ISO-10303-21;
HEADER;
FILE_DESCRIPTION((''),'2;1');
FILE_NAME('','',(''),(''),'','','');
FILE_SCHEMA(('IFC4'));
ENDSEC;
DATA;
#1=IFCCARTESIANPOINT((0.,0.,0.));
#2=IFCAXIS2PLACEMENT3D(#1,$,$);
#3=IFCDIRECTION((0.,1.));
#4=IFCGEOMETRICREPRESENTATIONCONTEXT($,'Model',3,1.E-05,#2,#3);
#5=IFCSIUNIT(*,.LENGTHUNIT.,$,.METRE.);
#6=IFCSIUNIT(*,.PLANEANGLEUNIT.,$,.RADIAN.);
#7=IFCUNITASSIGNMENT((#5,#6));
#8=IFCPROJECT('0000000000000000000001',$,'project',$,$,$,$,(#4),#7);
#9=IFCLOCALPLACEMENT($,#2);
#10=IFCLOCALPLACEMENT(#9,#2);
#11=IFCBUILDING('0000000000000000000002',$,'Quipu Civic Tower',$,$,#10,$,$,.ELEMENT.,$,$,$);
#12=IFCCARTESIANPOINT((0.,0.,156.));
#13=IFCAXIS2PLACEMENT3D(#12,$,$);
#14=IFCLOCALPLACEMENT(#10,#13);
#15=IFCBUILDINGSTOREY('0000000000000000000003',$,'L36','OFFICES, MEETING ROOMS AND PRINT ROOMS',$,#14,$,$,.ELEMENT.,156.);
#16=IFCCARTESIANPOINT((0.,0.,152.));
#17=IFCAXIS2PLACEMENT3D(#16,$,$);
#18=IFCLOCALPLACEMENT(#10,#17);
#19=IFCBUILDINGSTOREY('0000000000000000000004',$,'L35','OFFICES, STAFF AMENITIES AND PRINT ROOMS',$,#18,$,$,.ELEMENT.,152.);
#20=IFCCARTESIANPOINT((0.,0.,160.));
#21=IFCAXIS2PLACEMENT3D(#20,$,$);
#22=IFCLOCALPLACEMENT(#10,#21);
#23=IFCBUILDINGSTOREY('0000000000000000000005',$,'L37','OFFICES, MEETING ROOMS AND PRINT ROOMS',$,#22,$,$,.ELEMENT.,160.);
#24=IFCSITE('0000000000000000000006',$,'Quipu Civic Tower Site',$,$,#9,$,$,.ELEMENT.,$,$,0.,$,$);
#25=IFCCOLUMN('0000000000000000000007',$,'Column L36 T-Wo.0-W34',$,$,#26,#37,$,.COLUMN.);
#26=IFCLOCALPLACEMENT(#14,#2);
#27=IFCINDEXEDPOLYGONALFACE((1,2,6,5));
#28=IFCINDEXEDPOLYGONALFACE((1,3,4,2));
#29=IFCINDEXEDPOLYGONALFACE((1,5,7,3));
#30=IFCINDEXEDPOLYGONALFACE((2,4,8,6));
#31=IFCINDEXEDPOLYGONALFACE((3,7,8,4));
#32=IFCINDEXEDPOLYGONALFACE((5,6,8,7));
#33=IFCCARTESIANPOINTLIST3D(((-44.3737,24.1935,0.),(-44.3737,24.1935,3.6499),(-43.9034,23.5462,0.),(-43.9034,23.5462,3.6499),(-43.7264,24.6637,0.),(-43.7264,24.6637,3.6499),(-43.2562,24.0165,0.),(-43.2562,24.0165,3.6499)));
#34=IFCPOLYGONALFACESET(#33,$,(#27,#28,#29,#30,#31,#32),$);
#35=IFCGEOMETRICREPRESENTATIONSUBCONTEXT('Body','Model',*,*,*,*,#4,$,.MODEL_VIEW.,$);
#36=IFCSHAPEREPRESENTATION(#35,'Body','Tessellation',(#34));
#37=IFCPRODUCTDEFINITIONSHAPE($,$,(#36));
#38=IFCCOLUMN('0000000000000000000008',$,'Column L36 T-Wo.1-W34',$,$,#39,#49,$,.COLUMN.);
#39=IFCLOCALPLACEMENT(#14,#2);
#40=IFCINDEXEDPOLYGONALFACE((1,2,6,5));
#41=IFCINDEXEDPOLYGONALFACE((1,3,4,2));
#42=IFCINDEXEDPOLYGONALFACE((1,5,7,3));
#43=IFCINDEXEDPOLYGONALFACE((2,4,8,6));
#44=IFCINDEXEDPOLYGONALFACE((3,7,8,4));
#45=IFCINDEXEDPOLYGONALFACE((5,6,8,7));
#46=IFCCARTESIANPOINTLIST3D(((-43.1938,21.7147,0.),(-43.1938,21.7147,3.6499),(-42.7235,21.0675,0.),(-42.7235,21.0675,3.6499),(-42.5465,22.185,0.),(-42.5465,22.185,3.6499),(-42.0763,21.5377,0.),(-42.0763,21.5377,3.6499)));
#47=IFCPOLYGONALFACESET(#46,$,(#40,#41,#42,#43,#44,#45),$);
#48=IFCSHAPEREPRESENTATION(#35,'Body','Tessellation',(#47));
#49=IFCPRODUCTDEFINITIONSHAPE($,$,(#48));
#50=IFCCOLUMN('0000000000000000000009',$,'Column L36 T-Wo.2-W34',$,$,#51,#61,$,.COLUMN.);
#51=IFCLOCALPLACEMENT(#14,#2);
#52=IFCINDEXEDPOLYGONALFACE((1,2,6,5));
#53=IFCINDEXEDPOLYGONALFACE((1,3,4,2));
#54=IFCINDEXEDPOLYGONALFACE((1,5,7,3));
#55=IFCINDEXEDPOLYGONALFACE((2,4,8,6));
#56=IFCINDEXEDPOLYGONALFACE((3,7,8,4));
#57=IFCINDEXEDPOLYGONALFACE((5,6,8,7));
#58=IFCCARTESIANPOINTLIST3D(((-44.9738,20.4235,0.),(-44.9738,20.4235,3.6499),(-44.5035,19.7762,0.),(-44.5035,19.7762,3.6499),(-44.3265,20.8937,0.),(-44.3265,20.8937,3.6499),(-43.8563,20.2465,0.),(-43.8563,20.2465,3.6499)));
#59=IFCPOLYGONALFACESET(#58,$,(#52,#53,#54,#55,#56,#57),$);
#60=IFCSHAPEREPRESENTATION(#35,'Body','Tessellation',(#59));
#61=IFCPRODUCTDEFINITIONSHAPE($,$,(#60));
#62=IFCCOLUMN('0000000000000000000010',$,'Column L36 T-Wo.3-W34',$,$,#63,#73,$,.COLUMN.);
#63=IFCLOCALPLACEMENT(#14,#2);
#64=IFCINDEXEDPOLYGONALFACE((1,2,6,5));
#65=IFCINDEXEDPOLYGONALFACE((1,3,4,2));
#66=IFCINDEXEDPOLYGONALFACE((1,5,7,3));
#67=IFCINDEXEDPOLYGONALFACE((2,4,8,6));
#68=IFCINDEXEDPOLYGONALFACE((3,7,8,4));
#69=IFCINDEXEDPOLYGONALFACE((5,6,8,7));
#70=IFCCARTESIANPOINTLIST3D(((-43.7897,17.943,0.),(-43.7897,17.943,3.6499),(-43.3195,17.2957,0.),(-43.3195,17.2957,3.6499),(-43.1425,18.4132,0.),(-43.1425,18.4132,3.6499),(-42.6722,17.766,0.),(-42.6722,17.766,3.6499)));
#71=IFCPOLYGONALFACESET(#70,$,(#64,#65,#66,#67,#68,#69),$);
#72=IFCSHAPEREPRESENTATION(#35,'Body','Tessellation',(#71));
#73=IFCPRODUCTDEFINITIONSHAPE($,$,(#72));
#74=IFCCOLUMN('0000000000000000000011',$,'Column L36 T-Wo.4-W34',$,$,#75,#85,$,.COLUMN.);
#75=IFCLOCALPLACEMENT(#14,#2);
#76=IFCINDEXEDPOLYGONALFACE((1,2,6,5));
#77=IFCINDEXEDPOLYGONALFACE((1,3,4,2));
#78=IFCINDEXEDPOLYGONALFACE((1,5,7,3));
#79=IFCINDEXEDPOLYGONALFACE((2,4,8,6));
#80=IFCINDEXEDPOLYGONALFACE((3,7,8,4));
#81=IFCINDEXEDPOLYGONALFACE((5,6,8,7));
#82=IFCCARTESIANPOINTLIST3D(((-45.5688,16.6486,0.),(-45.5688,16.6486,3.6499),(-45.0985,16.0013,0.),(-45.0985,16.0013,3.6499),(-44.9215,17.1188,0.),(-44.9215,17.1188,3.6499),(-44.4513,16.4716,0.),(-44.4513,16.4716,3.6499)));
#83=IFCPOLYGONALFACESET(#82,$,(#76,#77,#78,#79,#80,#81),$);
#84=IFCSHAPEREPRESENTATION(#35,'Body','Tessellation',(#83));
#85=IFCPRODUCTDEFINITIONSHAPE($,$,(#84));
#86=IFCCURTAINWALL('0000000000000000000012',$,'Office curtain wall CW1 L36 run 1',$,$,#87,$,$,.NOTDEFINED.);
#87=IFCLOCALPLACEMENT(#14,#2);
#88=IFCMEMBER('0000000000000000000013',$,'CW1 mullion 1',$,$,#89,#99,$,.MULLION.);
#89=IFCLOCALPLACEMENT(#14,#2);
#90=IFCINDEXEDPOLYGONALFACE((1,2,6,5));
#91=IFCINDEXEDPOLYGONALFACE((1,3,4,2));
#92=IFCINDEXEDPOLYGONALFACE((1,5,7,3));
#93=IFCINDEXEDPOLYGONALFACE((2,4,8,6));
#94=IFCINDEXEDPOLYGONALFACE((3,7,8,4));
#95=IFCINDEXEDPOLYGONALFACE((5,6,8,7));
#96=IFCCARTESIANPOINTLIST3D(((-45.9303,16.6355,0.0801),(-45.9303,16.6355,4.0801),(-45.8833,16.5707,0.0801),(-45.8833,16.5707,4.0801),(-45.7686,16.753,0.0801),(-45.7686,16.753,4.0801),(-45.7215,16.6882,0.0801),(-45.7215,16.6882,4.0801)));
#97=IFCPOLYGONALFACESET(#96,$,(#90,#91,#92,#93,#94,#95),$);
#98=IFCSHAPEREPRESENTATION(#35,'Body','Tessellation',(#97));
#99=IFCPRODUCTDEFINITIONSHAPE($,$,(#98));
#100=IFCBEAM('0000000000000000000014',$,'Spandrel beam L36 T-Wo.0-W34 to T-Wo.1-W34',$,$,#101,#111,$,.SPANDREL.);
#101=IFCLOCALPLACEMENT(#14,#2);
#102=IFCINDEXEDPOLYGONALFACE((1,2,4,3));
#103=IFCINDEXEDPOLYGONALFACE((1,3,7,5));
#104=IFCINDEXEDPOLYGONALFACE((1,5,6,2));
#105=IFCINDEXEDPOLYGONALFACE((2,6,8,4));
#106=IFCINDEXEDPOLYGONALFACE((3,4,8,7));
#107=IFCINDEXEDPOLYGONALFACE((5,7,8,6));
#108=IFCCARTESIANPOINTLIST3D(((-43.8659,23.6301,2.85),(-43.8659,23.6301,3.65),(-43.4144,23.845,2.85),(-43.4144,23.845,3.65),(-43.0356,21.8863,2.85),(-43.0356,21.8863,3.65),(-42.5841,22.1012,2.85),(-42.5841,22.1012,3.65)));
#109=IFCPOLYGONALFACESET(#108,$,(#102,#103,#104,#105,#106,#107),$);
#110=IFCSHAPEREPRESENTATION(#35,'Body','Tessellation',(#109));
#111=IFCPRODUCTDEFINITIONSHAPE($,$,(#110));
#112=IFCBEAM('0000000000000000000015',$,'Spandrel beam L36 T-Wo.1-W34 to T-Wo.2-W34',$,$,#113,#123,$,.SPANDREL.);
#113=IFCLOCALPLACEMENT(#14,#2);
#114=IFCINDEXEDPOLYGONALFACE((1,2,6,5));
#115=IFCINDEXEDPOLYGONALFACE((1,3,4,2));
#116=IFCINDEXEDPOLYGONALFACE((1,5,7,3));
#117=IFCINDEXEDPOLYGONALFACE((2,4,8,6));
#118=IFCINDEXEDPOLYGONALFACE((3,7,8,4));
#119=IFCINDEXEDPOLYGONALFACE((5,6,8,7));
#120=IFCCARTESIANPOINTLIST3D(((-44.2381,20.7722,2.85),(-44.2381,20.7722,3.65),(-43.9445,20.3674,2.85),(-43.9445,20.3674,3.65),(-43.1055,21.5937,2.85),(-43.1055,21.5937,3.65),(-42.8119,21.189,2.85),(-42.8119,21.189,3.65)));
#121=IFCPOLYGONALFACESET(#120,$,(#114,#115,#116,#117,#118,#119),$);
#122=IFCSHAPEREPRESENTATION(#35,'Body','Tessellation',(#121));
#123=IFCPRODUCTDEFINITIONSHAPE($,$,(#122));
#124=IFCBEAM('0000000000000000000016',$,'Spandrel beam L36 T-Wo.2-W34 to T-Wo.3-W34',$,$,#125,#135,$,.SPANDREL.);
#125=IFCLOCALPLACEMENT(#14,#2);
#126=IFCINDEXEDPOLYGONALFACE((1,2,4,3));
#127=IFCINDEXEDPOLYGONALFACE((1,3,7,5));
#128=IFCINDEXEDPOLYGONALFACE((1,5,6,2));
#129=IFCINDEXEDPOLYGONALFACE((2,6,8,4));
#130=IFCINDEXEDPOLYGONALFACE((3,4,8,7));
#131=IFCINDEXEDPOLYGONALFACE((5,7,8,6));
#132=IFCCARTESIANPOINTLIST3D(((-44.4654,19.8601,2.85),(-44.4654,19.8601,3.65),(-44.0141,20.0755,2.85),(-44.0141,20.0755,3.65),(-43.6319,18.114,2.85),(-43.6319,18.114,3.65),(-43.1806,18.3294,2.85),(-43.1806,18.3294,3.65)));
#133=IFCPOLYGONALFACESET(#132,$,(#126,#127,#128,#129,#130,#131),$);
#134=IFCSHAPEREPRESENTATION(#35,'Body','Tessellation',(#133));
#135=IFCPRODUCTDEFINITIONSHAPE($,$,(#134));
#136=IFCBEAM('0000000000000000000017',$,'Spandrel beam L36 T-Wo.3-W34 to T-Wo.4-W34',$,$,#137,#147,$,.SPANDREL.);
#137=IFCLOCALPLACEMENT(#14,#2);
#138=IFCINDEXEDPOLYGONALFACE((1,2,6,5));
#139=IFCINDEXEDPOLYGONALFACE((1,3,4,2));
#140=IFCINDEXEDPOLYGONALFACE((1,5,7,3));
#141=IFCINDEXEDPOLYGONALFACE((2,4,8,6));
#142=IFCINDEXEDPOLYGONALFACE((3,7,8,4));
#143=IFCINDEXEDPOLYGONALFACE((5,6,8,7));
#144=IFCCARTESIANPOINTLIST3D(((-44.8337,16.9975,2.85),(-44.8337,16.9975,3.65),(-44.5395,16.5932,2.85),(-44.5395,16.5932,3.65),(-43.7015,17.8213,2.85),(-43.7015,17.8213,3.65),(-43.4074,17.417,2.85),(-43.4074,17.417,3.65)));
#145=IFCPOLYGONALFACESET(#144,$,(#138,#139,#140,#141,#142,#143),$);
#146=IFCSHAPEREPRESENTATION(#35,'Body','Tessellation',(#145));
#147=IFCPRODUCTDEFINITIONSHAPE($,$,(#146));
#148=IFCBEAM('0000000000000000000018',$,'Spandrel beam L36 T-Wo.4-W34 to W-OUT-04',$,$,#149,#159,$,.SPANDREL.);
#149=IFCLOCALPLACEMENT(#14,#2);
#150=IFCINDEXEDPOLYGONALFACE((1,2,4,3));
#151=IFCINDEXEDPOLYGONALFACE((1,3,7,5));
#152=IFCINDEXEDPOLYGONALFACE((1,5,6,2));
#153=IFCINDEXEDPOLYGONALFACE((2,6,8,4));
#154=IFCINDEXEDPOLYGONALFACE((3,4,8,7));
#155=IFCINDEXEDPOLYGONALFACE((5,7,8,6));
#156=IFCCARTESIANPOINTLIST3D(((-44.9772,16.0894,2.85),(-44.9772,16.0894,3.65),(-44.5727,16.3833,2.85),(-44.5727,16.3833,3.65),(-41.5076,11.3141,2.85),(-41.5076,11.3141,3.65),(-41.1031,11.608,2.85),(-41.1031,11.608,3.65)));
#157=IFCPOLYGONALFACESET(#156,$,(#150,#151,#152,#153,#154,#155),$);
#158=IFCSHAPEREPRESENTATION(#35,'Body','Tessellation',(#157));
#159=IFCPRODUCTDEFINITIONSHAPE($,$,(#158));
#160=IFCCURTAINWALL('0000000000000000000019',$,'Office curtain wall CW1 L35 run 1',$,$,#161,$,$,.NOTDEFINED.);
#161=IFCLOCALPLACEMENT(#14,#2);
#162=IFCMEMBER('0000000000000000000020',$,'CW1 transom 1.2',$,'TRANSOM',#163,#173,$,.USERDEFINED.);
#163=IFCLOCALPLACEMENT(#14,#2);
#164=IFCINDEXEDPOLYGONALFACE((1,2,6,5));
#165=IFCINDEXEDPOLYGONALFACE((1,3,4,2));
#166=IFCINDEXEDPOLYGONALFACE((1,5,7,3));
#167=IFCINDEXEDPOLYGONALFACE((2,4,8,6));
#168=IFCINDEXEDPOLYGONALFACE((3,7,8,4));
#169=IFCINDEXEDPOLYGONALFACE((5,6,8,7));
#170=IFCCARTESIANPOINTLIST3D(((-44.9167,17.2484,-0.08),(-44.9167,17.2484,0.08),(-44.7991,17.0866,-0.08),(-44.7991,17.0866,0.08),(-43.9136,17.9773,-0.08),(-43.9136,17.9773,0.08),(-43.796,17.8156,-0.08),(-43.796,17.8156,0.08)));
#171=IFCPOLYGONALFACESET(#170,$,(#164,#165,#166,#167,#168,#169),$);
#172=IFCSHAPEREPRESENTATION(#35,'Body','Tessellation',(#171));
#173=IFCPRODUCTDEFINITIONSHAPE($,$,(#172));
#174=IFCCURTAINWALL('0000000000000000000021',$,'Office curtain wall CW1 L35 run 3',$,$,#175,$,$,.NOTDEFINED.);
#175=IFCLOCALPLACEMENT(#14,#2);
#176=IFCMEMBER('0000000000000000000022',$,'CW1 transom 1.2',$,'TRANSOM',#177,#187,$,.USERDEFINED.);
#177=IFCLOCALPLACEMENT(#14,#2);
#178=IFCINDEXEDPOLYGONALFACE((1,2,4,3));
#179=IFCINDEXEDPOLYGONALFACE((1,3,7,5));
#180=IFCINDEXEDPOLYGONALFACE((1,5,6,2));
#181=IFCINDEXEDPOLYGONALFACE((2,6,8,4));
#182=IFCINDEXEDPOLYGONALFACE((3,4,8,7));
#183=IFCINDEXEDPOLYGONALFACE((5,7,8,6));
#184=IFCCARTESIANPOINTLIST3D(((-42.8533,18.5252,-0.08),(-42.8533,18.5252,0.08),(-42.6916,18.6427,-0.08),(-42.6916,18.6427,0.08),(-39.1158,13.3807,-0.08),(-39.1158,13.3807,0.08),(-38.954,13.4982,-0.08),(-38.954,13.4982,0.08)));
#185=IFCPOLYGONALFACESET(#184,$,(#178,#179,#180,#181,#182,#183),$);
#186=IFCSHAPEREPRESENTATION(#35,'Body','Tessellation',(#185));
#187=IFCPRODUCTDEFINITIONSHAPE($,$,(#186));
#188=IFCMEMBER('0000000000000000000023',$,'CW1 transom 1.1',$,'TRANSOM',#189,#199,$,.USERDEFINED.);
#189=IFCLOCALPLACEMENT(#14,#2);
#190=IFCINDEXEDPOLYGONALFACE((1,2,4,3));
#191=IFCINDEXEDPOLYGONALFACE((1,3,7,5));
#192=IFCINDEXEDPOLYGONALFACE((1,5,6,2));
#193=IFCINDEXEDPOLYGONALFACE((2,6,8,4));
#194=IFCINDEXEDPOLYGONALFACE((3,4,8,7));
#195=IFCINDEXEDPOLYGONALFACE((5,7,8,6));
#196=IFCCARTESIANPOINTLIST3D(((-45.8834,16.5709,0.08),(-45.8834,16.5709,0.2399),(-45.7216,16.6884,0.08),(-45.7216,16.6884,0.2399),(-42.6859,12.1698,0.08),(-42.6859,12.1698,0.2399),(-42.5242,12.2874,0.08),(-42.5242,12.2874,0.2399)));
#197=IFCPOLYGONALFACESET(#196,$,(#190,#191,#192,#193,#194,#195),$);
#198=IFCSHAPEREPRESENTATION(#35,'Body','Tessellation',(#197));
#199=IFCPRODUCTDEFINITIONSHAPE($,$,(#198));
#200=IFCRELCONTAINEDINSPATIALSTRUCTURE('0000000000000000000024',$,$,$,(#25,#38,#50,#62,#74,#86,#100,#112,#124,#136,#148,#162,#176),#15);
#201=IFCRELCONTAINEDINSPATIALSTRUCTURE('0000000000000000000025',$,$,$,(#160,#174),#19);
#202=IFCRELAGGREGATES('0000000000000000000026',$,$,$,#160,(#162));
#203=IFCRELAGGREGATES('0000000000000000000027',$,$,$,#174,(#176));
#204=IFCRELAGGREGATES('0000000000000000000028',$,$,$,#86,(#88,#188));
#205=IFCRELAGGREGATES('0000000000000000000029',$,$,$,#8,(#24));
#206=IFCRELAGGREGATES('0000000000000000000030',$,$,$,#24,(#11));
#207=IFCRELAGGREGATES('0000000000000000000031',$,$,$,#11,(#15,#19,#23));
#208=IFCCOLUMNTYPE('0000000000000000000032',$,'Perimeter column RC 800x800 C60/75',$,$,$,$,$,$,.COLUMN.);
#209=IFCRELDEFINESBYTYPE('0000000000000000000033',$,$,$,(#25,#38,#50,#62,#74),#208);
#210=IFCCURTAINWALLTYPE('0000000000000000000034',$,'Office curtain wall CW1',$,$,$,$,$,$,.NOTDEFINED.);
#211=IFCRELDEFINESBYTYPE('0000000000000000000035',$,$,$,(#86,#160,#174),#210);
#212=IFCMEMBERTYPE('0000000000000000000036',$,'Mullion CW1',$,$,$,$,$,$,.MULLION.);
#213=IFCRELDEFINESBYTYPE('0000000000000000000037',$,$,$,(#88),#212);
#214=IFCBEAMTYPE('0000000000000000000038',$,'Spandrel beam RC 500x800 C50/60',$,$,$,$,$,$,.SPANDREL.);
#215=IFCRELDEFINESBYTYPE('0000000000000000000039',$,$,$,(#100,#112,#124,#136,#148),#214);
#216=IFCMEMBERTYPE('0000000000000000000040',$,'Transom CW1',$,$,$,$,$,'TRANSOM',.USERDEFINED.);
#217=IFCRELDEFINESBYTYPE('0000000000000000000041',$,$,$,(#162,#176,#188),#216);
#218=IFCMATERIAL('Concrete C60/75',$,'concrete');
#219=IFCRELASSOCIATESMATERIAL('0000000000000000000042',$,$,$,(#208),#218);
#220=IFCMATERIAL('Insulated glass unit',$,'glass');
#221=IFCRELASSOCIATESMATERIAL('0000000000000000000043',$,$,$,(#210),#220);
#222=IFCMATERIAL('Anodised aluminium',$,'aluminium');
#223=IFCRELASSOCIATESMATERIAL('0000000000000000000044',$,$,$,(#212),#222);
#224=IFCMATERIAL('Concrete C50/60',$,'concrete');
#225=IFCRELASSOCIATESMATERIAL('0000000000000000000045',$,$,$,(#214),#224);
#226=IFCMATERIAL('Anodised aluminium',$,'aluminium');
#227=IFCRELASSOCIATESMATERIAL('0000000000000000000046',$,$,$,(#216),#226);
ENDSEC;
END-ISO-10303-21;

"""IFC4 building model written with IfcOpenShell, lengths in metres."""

from ifc_helpers import new_model, si_unit, direction, frame, origin, origin_2d, place, context, subcontext, project, spatial, rectangle, extrude, material, material_profile, profile_set, type_object, element, aggregate, save


model = new_model("IFC4")

# Units and contexts
model_context = context("Model", 3, precision=1e-05, world=origin(), true_north=direction((0.0, 1.0)))
body_context = subcontext(model_context, "Body", "Model", "MODEL_VIEW")
ifc_project = project(units=[si_unit("LENGTHUNIT", "METRE"), si_unit("PLANEANGLEUNIT", "RADIAN")], contexts=[model_context])

# Site, building, storey
site_placement = place(None, origin())
site = spatial("IfcSite", under=ifc_project, at=site_placement, Name="Quipu Civic Tower Site", CompositionType="ELEMENT", RefElevation=0.0)
building_placement = place(site_placement, origin())
building = spatial("IfcBuilding", under=site, at=building_placement, Name="Quipu Civic Tower", CompositionType="ELEMENT")
storey_1_placement = place(building_placement, frame((0.0, 0.0, 156.0)))
storey_1 = spatial("IfcBuildingStorey", under=building, at=storey_1_placement, Name="L36", Description="OFFICES, MEETING ROOMS AND PRINT ROOMS", CompositionType="ELEMENT", Elevation=156.0)

# Columns
ifc_material_1 = material(Name="Concrete C60/75", Category="concrete")
ifc_material_profile_1 = material_profile(ifc_material_1, rectangle(XDim=0.8, YDim=0.8, at=origin_2d()), Name="RC800x800")
ifc_profile_set_1 = profile_set([ifc_material_profile_1], Name="Concrete C60/75")
column_type = type_object("IfcColumnType", Name="Perimeter column RC 800x800 C60/75", PredefinedType="COLUMN", material=ifc_profile_set_1)
for number, where, z_axis, x_axis, name in (
    (1, (-43.8149, 24.105, 0.0), (0.0, 0.0, 1.0), (-0.809017, -0.587785, 0.0), "Column L36 T-Wo.0-W34"),
    (2, (-42.635, 21.6262, 0.0), (0.0, 0.0, 1.0), (-0.809017, -0.587785, 0.0), "Column L36 T-Wo.1-W34"),
    (3, (-44.415, 20.335, 0.0), (0.0, 0.0, 1.0), (0.587785, -0.809017, 0.0), "Column L36 T-Wo.2-W34"),
    (4, (-43.231, 17.8545, 0.0), (0.0, 0.0, 1.0), (0.587785, -0.809017, 0.0), "Column L36 T-Wo.3-W34"),
    (5, (-45.01, 16.5601, 0.0), (0.0, 0.0, 1.0), (0.587785, -0.809017, 0.0), "Column L36 T-Wo.4-W34"),
):
    element("IfcColumn", number, at=place(storey_1_placement, frame(where, z_axis=z_axis, x_axis=x_axis)), inside=storey_1, type_object=column_type, Name=name, PredefinedType="COLUMN", context=body_context, shape_type="SweptSolid", body=[
        extrude(rectangle(XDim=0.8, YDim=0.8, at=origin_2d()), origin(), (0.0, 0.0, 1.0), 3.6499),
    ])

# Curtain wall, member
ifc_material_2 = material(Name="Insulated glass unit", Category="glass")
curtain_wall_type = type_object("IfcCurtainWallType", Name="Office curtain wall CW1", PredefinedType="NOTDEFINED", material=ifc_material_2)
curtain_wall_1_placement = place(storey_1_placement, origin())
curtain_wall_1 = element("IfcCurtainWall", 6, at=curtain_wall_1_placement, inside=storey_1, type_object=curtain_wall_type, Name="Office curtain wall CW1 L36 run 1", PredefinedType="NOTDEFINED")
ifc_material_3 = material(Name="Anodised aluminium", Category="aluminium")
ifc_material_profile_2 = material_profile(ifc_material_3, rectangle(XDim=0.2, YDim=0.0801, at=origin_2d()), Name="RECT 200x80")
ifc_profile_set_2 = profile_set([ifc_material_profile_2], Name="Anodised aluminium")
member_type_1 = type_object("IfcMemberType", Name="Mullion CW1", PredefinedType="MULLION", material=ifc_profile_set_2)
member_1_placement = place(storey_1_placement, frame((-45.8259, 16.6619, 0.0801), z_axis=(0.0, 0.0, 1.0), x_axis=(0.809011, 0.587794, 0.0)))
member_1 = element("IfcMember", 7, at=member_1_placement, type_object=member_type_1, Name="CW1 mullion 1", PredefinedType="MULLION", context=body_context, shape_type="SweptSolid", body=[
    extrude(rectangle(XDim=0.2, YDim=0.0801, at=origin_2d()), origin(), (0.0, 0.0, 1.0), 4.0),
])

# Beams
ifc_material_4 = material(Name="Concrete C50/60", Category="concrete")
ifc_material_profile_3 = material_profile(ifc_material_4, rectangle(XDim=0.5, YDim=0.8, at=origin_2d()), Name="RC500x800")
ifc_profile_set_3 = profile_set([ifc_material_profile_3], Name="Concrete C50/60")
beam_type = type_object("IfcBeamType", Name="Spandrel beam RC 500x800 C50/60", PredefinedType="SPANDREL", material=ifc_profile_set_3)
beam_1_placement = place(storey_1_placement, frame((-43.6401, 23.7375, 3.25), z_axis=(0.429889, -0.902882, 0.0), x_axis=(0.902882, 0.429889, 0.0)))
element("IfcBeam", 8, at=beam_1_placement, inside=storey_1, type_object=beam_type, Name="Spandrel beam L36 T-Wo.0-W34 to T-Wo.1-W34", PredefinedType="SPANDREL", context=body_context, shape_type="SweptSolid", body=[
    extrude(rectangle(XDim=0.5, YDim=0.8, at=origin_2d()), origin(), (0.0, 0.0, 1.0), 1.9314),
])
beam_2_placement = place(storey_1_placement, frame((-42.9587, 21.3914, 3.25), z_axis=(-0.809467, -0.587165, 0.0), x_axis=(0.587165, -0.809467, 0.0)))
element("IfcBeam", 9, at=beam_2_placement, inside=storey_1, type_object=beam_type, Name="Spandrel beam L36 T-Wo.1-W34 to T-Wo.2-W34", PredefinedType="SPANDREL", context=body_context, shape_type="SweptSolid", body=[
    extrude(rectangle(XDim=0.5, YDim=0.8, at=origin_2d()), origin(), (0.0, 0.0, 1.0), 1.3992),
])
beam_3_placement = place(storey_1_placement, frame((-44.2397, 19.9678, 3.25), z_axis=(0.430786, -0.902454, 0.0), x_axis=(0.902454, 0.430786, 0.0)))
element("IfcBeam", 10, at=beam_3_placement, inside=storey_1, type_object=beam_type, Name="Spandrel beam L36 T-Wo.2-W34 to T-Wo.3-W34", PredefinedType="SPANDREL", context=body_context, shape_type="SweptSolid", body=[
    extrude(rectangle(XDim=0.5, YDim=0.8, at=origin_2d()), origin(), (0.0, 0.0, 1.0), 1.9348),
])
beam_4_placement = place(storey_1_placement, frame((-43.5544, 17.6191, 3.25), z_axis=(-0.8086, -0.588358, 0.0), x_axis=(0.588358, -0.8086, 0.0)))
element("IfcBeam", 11, at=beam_4_placement, inside=storey_1, type_object=beam_type, Name="Spandrel beam L36 T-Wo.3-W34 to T-Wo.4-W34", PredefinedType="SPANDREL", context=body_context, shape_type="SweptSolid", body=[
    extrude(rectangle(XDim=0.5, YDim=0.8, at=origin_2d()), origin(), (0.0, 0.0, 1.0), 1.4001),
])
beam_5_placement = place(storey_1_placement, frame((-44.7749, 16.2363, 3.25), z_axis=(0.5878, -0.809006, 0.0), x_axis=(0.809006, 0.5878, 0.0)))
element("IfcBeam", 12, at=beam_5_placement, inside=storey_1, type_object=beam_type, Name="Spandrel beam L36 T-Wo.4-W34 to W-OUT-04", PredefinedType="SPANDREL", context=body_context, shape_type="SweptSolid", body=[
    extrude(rectangle(XDim=0.5, YDim=0.8, at=origin_2d()), origin(), (0.0, 0.0, 1.0), 5.9026),
])

# Shared definitions
storey_2_placement = place(building_placement, frame((0.0, 0.0, 152.0)))
storey_2 = spatial("IfcBuildingStorey", under=building, at=storey_2_placement, Name="L35", Description="OFFICES, STAFF AMENITIES AND PRINT ROOMS", CompositionType="ELEMENT", Elevation=152.0)

# Curtain walls, members
curtain_wall_2_placement = place(storey_2_placement, origin())
curtain_wall_2 = element("IfcCurtainWall", 13, at=curtain_wall_2_placement, inside=storey_2, type_object=curtain_wall_type, Name="Office curtain wall CW1 L35 run 1", PredefinedType="NOTDEFINED")
ifc_material_5 = material(Name="Anodised aluminium", Category="aluminium")
ifc_material_profile_4 = material_profile(ifc_material_5, rectangle(XDim=0.2, YDim=0.1599, at=origin_2d()), Name="RECT 200x160")
ifc_profile_set_4 = profile_set([ifc_material_profile_4], Name="Anodised aluminium")
member_type_2 = type_object("IfcMemberType", Name="Transom CW1", ElementType="TRANSOM", PredefinedType="USERDEFINED", material=ifc_profile_set_4)
member_2_placement = place(storey_1_placement, frame((-44.8579, 17.1675, 0.0), z_axis=(0.808957, 0.587867, 0.0), x_axis=(-0.587867, 0.808957, 0.0)))
member_2 = element("IfcMember", 14, at=member_2_placement, inside=storey_1, type_object=member_type_2, Name="CW1 transom 1.2", ObjectType="TRANSOM", PredefinedType="USERDEFINED", context=body_context, shape_type="SweptSolid", body=[
    extrude(rectangle(XDim=0.2, YDim=0.1599, at=origin_2d()), origin(), (0.0, 0.0, 1.0), 1.24),
])
aggregate(curtain_wall_2, [member_2])
curtain_wall_3_placement = place(storey_2_placement, origin())
curtain_wall_3 = element("IfcCurtainWall", 15, at=curtain_wall_3_placement, inside=storey_2, type_object=curtain_wall_type, Name="Office curtain wall CW1 L35 run 3", PredefinedType="NOTDEFINED")
member_3_placement = place(storey_1_placement, frame((-42.7725, 18.584, 0.0), z_axis=(0.587768, -0.80903, 0.0), x_axis=(0.80903, 0.587768, 0.0)))
member_3 = element("IfcMember", 16, at=member_3_placement, inside=storey_1, type_object=member_type_2, Name="CW1 transom 1.2", ObjectType="TRANSOM", PredefinedType="USERDEFINED", context=body_context, shape_type="SweptSolid", body=[
    extrude(rectangle(XDim=0.2, YDim=0.1599, at=origin_2d()), origin(), (0.0, 0.0, 1.0), 6.3589),
])
aggregate(curtain_wall_3, [member_3])

# Member
member_4_placement = place(storey_1_placement, frame((-45.8025, 16.6296, 0.1599), z_axis=(0.587774, -0.809025, 0.0), x_axis=(0.809025, 0.587774, 0.0)))
member_4 = element("IfcMember", 17, at=member_4_placement, type_object=member_type_2, Name="CW1 transom 1.1", ObjectType="TRANSOM", PredefinedType="USERDEFINED", context=body_context, shape_type="SweptSolid", body=[
    extrude(rectangle(XDim=0.2, YDim=0.1599, at=origin_2d()), origin(), (0.0, 0.0, 1.0), 5.4399),
])

aggregate(curtain_wall_1, [member_1, member_4])

# Shared definitions
storey_3_placement = place(building_placement, frame((0.0, 0.0, 160.0)))
storey_3 = spatial("IfcBuildingStorey", under=building, at=storey_3_placement, Name="L37", Description="OFFICES, MEETING ROOMS AND PRINT ROOMS", CompositionType="ELEMENT", Elevation=160.0)

save(model, "model.ifc")
